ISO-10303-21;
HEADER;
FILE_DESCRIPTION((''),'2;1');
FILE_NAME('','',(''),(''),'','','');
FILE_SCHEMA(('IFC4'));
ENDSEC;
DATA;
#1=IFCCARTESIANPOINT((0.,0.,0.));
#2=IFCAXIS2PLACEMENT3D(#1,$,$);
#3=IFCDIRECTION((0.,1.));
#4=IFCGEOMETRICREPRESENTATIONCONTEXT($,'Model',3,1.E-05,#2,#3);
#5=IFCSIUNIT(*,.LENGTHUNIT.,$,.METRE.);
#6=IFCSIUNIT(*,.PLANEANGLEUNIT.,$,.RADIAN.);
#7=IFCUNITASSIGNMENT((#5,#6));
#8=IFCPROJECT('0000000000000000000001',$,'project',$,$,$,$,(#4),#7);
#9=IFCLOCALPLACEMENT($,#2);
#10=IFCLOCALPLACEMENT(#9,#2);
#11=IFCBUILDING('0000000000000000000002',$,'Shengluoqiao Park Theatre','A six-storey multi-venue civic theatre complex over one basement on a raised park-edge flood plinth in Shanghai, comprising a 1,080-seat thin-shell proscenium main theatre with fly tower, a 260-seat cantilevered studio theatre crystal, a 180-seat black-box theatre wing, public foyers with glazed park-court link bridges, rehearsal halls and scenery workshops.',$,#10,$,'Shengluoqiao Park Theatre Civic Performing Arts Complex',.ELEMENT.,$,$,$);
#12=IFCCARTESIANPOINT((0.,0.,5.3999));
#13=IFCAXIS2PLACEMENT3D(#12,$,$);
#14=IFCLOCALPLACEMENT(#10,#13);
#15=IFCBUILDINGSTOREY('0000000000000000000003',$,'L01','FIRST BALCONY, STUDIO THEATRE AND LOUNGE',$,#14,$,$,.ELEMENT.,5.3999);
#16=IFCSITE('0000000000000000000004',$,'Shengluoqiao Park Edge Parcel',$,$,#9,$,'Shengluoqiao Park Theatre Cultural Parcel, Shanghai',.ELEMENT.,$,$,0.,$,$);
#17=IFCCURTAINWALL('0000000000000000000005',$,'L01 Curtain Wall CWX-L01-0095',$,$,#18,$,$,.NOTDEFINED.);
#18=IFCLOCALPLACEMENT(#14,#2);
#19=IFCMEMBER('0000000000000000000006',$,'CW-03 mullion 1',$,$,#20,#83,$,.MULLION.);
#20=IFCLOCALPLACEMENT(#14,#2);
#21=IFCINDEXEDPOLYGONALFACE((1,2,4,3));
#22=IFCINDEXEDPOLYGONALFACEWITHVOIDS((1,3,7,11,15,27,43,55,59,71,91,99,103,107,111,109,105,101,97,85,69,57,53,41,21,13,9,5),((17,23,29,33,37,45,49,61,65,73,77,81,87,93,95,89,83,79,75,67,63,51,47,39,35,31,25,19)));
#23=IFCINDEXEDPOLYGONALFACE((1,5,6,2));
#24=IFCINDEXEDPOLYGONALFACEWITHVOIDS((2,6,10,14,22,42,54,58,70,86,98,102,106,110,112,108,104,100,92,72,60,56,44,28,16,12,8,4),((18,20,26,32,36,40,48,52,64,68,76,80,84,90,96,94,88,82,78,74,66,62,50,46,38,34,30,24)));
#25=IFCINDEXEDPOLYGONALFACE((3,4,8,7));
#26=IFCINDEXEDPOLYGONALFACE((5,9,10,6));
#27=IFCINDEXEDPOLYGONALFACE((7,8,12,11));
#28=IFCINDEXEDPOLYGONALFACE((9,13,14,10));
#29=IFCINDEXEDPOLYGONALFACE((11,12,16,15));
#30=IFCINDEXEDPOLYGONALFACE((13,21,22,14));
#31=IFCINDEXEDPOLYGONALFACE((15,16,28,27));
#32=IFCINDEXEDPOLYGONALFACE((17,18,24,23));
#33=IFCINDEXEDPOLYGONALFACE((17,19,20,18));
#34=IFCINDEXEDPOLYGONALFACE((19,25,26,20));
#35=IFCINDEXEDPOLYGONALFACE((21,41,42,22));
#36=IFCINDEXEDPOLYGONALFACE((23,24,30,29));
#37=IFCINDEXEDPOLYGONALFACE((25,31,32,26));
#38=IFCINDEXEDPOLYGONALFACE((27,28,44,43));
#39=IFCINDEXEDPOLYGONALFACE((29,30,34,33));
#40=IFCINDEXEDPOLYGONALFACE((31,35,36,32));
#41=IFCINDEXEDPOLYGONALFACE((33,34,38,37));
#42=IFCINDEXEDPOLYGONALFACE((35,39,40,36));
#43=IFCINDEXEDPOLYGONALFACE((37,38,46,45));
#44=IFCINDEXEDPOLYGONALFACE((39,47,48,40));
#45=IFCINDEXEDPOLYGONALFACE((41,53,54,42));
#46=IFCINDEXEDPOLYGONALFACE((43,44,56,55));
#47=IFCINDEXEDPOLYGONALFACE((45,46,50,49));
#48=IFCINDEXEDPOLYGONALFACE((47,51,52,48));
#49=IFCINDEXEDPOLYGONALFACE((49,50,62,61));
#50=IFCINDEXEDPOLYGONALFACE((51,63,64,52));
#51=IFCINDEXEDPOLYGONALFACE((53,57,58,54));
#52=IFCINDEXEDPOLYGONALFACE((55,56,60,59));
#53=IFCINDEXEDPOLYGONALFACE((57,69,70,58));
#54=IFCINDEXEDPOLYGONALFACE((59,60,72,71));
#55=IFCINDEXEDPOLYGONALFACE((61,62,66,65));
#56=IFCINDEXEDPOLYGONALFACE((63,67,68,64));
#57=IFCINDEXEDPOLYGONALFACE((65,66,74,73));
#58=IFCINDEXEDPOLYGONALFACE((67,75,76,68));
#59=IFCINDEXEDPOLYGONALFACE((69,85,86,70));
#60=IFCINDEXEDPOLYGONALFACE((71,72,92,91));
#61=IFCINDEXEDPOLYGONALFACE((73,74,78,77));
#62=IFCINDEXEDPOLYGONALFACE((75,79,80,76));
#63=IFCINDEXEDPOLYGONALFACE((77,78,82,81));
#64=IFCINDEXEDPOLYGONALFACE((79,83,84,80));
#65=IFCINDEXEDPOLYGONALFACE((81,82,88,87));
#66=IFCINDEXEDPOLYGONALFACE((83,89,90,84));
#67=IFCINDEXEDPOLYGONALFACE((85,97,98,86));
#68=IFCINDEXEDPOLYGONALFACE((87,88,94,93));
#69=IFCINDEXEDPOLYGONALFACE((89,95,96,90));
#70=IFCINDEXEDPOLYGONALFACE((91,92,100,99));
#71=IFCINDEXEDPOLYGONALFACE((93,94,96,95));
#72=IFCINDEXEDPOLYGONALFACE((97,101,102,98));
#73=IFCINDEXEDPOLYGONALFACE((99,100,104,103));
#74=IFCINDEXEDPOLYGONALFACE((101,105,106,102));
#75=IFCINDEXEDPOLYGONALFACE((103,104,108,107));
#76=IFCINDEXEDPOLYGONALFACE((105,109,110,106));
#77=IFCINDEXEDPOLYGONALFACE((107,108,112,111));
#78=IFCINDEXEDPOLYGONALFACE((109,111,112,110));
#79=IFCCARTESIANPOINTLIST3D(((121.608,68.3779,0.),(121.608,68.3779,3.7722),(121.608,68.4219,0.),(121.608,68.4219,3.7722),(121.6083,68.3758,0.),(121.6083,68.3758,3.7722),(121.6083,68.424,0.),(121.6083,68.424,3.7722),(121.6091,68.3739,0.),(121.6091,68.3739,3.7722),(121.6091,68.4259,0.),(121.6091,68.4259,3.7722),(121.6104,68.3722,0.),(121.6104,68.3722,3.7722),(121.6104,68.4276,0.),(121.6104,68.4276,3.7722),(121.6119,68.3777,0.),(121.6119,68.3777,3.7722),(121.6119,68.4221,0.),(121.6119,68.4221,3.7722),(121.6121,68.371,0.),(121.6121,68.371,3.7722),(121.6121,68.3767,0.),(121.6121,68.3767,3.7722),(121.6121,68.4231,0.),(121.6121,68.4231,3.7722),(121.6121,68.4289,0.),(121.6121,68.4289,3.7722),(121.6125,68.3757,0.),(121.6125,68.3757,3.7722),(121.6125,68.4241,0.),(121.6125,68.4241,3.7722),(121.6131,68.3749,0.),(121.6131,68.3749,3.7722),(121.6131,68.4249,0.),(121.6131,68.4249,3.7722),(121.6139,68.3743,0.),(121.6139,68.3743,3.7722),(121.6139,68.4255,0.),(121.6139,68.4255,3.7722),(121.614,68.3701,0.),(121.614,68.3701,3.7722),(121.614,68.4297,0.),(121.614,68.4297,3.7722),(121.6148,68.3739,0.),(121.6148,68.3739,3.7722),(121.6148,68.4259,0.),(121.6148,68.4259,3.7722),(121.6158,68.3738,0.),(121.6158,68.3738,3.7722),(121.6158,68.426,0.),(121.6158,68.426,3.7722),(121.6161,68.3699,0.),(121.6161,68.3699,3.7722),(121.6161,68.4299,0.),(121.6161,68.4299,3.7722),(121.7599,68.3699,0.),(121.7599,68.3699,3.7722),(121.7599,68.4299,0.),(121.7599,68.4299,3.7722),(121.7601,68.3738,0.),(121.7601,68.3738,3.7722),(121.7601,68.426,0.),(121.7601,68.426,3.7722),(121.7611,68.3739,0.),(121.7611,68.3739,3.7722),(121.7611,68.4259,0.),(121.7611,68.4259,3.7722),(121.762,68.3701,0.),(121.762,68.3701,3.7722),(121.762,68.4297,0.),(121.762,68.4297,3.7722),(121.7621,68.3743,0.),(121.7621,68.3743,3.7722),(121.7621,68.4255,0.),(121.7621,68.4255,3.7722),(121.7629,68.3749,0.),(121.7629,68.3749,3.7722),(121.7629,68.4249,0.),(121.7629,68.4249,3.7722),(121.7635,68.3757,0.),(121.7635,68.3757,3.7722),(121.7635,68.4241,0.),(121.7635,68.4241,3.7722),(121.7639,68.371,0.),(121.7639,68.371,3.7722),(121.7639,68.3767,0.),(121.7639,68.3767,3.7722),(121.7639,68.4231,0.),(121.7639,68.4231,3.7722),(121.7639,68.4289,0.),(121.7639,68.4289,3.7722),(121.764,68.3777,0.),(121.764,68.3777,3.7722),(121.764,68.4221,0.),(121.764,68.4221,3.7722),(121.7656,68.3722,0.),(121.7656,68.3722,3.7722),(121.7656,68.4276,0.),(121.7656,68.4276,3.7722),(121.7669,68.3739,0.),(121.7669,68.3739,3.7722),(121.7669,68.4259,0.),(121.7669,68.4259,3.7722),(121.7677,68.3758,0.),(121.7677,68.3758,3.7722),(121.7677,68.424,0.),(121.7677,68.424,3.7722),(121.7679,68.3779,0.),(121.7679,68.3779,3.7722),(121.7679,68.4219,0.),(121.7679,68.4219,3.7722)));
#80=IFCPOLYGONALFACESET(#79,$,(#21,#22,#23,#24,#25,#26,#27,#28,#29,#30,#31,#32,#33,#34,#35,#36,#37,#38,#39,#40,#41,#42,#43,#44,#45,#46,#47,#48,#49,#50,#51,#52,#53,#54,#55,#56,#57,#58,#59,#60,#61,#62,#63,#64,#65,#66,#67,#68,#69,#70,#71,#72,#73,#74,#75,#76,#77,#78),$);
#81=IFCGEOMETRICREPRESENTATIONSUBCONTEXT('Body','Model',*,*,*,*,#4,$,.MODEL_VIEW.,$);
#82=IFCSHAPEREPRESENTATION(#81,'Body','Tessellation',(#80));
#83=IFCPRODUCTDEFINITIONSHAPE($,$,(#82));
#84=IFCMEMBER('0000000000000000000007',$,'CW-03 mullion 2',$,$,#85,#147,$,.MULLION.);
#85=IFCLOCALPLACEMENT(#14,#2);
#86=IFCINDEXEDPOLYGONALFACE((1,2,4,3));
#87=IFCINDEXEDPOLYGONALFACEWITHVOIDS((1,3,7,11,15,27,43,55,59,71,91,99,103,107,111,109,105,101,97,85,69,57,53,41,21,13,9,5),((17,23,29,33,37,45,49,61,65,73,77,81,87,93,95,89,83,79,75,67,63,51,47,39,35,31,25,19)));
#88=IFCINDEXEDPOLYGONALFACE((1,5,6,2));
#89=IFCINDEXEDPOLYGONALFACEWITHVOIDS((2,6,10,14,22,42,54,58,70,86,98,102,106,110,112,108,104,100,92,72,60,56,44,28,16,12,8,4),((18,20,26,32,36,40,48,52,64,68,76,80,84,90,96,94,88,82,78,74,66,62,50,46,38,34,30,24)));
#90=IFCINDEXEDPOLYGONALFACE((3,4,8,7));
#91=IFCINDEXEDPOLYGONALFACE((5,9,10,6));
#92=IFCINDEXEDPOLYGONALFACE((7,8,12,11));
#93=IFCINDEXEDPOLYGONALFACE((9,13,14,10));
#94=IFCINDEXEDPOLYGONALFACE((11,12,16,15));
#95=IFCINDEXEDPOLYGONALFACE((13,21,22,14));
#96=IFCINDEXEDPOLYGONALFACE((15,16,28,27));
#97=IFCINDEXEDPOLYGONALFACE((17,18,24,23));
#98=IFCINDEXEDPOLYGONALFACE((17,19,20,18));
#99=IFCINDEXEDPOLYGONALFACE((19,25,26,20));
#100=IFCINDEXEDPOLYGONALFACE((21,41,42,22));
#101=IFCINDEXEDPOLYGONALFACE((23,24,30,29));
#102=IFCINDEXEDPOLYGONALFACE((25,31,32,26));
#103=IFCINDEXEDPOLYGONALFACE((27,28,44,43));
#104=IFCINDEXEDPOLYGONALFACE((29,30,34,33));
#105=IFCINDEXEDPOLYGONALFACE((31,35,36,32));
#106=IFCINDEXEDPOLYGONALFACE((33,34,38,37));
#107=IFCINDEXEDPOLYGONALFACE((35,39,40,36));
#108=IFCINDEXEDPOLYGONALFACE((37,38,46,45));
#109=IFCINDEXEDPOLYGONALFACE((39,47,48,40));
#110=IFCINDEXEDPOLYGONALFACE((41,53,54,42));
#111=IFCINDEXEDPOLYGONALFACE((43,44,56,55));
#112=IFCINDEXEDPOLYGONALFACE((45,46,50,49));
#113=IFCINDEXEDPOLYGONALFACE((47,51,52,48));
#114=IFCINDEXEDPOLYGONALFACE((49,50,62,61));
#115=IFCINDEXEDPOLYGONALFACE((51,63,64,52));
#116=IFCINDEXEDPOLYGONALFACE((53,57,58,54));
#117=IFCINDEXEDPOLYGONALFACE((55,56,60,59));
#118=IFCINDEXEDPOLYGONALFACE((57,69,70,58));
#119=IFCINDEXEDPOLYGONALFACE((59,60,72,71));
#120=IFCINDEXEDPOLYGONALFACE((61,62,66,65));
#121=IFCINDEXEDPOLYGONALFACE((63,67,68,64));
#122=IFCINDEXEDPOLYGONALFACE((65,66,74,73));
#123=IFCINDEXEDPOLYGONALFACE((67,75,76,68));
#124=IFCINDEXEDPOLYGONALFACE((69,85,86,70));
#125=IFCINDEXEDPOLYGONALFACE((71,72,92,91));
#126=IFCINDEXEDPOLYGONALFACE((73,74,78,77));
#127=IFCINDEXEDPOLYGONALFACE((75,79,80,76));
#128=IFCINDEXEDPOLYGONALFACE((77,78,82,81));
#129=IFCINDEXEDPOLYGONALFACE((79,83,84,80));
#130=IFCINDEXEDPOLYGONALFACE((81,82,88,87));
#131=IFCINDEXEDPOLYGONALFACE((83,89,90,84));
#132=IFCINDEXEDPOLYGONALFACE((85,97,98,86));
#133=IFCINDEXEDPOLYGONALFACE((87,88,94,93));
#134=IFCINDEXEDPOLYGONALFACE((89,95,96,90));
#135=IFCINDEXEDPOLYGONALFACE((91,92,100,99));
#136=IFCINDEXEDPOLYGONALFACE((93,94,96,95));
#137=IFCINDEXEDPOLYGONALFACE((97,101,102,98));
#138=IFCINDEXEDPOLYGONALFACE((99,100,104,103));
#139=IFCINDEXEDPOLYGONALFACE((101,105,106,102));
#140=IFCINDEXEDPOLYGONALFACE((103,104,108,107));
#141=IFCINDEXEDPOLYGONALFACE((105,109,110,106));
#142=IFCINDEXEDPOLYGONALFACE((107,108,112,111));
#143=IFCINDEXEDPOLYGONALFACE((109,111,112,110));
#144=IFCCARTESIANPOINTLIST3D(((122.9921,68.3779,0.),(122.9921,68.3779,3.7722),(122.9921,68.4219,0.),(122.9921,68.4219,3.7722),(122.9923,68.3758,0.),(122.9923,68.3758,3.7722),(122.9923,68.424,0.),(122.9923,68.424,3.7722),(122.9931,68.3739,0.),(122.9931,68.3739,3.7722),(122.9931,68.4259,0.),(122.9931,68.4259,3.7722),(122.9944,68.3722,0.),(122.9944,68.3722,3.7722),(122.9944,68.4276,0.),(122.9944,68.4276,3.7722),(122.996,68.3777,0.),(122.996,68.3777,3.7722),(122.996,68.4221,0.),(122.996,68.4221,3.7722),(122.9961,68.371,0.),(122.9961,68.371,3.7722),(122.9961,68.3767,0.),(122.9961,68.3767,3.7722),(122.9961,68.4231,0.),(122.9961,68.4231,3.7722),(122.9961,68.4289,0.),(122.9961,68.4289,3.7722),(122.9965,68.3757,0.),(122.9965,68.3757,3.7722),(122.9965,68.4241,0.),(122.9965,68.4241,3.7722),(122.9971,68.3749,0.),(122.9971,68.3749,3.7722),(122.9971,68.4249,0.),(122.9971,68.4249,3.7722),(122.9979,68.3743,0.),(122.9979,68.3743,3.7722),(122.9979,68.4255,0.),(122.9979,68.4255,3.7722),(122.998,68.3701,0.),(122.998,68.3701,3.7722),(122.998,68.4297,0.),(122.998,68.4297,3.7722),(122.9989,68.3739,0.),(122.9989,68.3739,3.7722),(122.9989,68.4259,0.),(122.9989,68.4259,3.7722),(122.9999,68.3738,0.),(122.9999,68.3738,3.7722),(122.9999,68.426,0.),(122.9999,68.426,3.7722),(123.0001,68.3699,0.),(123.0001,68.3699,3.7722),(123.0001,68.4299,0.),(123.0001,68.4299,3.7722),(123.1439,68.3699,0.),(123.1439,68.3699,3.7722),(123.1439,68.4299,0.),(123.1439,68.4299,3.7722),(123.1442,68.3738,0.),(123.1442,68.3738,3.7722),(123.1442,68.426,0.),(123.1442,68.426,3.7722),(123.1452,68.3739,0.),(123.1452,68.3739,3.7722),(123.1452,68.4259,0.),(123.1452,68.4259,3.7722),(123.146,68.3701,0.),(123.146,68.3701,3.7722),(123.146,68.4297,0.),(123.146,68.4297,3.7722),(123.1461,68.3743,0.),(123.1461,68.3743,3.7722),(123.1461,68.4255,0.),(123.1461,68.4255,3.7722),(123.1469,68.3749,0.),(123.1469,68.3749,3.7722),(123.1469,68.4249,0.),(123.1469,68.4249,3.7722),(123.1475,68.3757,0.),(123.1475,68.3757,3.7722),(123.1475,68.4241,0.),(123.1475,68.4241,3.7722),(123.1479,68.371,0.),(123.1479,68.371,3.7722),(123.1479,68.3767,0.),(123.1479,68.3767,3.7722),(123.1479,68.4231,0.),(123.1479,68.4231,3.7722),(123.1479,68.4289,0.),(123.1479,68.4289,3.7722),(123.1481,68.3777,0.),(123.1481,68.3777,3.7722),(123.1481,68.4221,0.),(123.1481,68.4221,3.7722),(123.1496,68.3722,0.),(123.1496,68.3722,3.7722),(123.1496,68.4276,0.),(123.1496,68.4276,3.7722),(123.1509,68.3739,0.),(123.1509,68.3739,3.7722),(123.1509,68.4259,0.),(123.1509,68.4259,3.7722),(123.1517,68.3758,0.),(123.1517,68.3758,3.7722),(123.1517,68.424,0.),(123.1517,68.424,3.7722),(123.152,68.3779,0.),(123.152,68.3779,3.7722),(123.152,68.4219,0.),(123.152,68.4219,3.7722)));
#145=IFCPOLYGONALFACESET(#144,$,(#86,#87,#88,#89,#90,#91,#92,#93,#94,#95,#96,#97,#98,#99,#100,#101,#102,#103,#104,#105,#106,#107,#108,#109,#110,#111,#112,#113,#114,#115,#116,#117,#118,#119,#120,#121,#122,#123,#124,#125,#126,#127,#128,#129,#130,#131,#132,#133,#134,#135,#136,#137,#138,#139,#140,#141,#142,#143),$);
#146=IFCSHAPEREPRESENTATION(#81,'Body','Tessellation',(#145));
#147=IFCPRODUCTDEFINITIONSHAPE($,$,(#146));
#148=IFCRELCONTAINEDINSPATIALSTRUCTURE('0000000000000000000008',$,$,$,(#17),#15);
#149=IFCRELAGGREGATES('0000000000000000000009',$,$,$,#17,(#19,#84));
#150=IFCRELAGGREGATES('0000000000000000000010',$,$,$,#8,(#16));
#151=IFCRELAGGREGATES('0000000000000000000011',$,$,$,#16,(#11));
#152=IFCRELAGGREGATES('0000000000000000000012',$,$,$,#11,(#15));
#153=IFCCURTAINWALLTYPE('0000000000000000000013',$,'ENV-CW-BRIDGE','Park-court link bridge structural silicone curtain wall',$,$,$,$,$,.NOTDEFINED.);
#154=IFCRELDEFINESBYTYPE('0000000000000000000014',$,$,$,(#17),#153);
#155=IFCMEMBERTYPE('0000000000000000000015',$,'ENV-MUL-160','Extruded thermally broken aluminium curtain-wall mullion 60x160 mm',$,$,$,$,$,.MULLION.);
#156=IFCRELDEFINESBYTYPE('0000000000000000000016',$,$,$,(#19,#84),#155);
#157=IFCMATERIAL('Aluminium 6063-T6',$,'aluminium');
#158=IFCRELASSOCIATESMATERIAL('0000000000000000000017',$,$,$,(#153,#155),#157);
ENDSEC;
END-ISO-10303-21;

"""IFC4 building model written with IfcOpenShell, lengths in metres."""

from ifc_helpers import new_model, si_unit, direction, frame, origin, origin_2d, place, context, subcontext, project, spatial, hollow_rectangle, extrude, material, material_profile, profile_set, type_object, element, aggregate, save


model = new_model("IFC4")

# Units and contexts
model_context = context("Model", 3, precision=1e-05, world=origin(), true_north=direction((0.0, 1.0)))
body_context = subcontext(model_context, "Body", "Model", "MODEL_VIEW")
ifc_project = project(units=[si_unit("LENGTHUNIT", "METRE"), si_unit("PLANEANGLEUNIT", "RADIAN")], contexts=[model_context])

# Site, building, storey
site_placement = place(None, origin())
site = spatial("IfcSite", under=ifc_project, at=site_placement, Name="Shengluoqiao Park Edge Parcel", LongName="Shengluoqiao Park Theatre Cultural Parcel, Shanghai", CompositionType="ELEMENT", RefElevation=0.0)
building_placement = place(site_placement, origin())
building = spatial("IfcBuilding", under=site, at=building_placement, Name="Shengluoqiao Park Theatre", Description="A six-storey multi-venue civic theatre complex over one basement on a raised park-edge flood plinth in Shanghai, comprising a 1,080-seat thin-shell proscenium main theatre with fly tower, a 260-seat cantilevered studio theatre crystal, a 180-seat black-box theatre wing, public foyers with glazed park-court link bridges, rehearsal halls and scenery workshops.", LongName="Shengluoqiao Park Theatre Civic Performing Arts Complex", CompositionType="ELEMENT")
storey_placement = place(building_placement, frame((0.0, 0.0, 5.3999)))
storey = spatial("IfcBuildingStorey", under=building, at=storey_placement, Name="L01", Description="FIRST BALCONY, STUDIO THEATRE AND LOUNGE", CompositionType="ELEMENT", Elevation=5.3999)

# Shared definitions
ifc_material_1 = material(Name="Aluminium 6063-T6", Category="aluminium")
curtain_wall_type = type_object("IfcCurtainWallType", Name="ENV-CW-BRIDGE", Description="Park-court link bridge structural silicone curtain wall", PredefinedType="NOTDEFINED", material=ifc_material_1)
ifc_material_profile_1 = material_profile(ifc_material_1, hollow_rectangle(XDim=0.0601, YDim=0.1599, WallThickness=0.0039, InnerFilletRadius=0.0039, OuterFilletRadius=0.0081, at=origin_2d()), Name="ALU MULLION 160x60x4")
ifc_profile_set_1 = profile_set([ifc_material_profile_1], Name="Aluminium 6063-T6")
member_type_1 = type_object("IfcMemberType", Name="ENV-MUL-160", Description="Extruded thermally broken aluminium curtain-wall mullion 60x160 mm", PredefinedType="MULLION", material=ifc_profile_set_1)

# Curtain wall, members
curtain_wall_1_placement = place(storey_placement, origin())
curtain_wall_1 = element("IfcCurtainWall", 1, at=curtain_wall_1_placement, inside=storey, type_object=curtain_wall_type, Name="L01 Curtain Wall CWX-L01-0095", PredefinedType="NOTDEFINED")
member_1_placement = place(storey_placement, frame((121.688, 68.3999, 0.0), z_axis=(0.0, 0.0, 1.0), x_axis=(0.0, 1.0, 0.0)))
member_1 = element("IfcMember", 2, at=member_1_placement, type_object=member_type_1, Name="CW-03 mullion 1", PredefinedType="MULLION", context=body_context, shape_type="SweptSolid", body=[
    extrude(hollow_rectangle(XDim=0.0601, YDim=0.1599, WallThickness=0.0039, InnerFilletRadius=0.0039, OuterFilletRadius=0.0081, at=origin_2d()), origin(), (0.0, 0.0, 1.0), 3.7722),
])
member_2_placement = place(storey_placement, frame((123.072, 68.3999, 0.0), z_axis=(0.0, 0.0, 1.0), x_axis=(0.0, 1.0, 0.0)))
member_2 = element("IfcMember", 3, at=member_2_placement, type_object=member_type_1, Name="CW-03 mullion 2", PredefinedType="MULLION", context=body_context, shape_type="SweptSolid", body=[
    extrude(hollow_rectangle(XDim=0.0601, YDim=0.1599, WallThickness=0.0039, InnerFilletRadius=0.0039, OuterFilletRadius=0.0081, at=origin_2d()), origin(), (0.0, 0.0, 1.0), 3.7722),
])

aggregate(curtain_wall_1, [member_1, member_2])

save(model, "model.ifc")
